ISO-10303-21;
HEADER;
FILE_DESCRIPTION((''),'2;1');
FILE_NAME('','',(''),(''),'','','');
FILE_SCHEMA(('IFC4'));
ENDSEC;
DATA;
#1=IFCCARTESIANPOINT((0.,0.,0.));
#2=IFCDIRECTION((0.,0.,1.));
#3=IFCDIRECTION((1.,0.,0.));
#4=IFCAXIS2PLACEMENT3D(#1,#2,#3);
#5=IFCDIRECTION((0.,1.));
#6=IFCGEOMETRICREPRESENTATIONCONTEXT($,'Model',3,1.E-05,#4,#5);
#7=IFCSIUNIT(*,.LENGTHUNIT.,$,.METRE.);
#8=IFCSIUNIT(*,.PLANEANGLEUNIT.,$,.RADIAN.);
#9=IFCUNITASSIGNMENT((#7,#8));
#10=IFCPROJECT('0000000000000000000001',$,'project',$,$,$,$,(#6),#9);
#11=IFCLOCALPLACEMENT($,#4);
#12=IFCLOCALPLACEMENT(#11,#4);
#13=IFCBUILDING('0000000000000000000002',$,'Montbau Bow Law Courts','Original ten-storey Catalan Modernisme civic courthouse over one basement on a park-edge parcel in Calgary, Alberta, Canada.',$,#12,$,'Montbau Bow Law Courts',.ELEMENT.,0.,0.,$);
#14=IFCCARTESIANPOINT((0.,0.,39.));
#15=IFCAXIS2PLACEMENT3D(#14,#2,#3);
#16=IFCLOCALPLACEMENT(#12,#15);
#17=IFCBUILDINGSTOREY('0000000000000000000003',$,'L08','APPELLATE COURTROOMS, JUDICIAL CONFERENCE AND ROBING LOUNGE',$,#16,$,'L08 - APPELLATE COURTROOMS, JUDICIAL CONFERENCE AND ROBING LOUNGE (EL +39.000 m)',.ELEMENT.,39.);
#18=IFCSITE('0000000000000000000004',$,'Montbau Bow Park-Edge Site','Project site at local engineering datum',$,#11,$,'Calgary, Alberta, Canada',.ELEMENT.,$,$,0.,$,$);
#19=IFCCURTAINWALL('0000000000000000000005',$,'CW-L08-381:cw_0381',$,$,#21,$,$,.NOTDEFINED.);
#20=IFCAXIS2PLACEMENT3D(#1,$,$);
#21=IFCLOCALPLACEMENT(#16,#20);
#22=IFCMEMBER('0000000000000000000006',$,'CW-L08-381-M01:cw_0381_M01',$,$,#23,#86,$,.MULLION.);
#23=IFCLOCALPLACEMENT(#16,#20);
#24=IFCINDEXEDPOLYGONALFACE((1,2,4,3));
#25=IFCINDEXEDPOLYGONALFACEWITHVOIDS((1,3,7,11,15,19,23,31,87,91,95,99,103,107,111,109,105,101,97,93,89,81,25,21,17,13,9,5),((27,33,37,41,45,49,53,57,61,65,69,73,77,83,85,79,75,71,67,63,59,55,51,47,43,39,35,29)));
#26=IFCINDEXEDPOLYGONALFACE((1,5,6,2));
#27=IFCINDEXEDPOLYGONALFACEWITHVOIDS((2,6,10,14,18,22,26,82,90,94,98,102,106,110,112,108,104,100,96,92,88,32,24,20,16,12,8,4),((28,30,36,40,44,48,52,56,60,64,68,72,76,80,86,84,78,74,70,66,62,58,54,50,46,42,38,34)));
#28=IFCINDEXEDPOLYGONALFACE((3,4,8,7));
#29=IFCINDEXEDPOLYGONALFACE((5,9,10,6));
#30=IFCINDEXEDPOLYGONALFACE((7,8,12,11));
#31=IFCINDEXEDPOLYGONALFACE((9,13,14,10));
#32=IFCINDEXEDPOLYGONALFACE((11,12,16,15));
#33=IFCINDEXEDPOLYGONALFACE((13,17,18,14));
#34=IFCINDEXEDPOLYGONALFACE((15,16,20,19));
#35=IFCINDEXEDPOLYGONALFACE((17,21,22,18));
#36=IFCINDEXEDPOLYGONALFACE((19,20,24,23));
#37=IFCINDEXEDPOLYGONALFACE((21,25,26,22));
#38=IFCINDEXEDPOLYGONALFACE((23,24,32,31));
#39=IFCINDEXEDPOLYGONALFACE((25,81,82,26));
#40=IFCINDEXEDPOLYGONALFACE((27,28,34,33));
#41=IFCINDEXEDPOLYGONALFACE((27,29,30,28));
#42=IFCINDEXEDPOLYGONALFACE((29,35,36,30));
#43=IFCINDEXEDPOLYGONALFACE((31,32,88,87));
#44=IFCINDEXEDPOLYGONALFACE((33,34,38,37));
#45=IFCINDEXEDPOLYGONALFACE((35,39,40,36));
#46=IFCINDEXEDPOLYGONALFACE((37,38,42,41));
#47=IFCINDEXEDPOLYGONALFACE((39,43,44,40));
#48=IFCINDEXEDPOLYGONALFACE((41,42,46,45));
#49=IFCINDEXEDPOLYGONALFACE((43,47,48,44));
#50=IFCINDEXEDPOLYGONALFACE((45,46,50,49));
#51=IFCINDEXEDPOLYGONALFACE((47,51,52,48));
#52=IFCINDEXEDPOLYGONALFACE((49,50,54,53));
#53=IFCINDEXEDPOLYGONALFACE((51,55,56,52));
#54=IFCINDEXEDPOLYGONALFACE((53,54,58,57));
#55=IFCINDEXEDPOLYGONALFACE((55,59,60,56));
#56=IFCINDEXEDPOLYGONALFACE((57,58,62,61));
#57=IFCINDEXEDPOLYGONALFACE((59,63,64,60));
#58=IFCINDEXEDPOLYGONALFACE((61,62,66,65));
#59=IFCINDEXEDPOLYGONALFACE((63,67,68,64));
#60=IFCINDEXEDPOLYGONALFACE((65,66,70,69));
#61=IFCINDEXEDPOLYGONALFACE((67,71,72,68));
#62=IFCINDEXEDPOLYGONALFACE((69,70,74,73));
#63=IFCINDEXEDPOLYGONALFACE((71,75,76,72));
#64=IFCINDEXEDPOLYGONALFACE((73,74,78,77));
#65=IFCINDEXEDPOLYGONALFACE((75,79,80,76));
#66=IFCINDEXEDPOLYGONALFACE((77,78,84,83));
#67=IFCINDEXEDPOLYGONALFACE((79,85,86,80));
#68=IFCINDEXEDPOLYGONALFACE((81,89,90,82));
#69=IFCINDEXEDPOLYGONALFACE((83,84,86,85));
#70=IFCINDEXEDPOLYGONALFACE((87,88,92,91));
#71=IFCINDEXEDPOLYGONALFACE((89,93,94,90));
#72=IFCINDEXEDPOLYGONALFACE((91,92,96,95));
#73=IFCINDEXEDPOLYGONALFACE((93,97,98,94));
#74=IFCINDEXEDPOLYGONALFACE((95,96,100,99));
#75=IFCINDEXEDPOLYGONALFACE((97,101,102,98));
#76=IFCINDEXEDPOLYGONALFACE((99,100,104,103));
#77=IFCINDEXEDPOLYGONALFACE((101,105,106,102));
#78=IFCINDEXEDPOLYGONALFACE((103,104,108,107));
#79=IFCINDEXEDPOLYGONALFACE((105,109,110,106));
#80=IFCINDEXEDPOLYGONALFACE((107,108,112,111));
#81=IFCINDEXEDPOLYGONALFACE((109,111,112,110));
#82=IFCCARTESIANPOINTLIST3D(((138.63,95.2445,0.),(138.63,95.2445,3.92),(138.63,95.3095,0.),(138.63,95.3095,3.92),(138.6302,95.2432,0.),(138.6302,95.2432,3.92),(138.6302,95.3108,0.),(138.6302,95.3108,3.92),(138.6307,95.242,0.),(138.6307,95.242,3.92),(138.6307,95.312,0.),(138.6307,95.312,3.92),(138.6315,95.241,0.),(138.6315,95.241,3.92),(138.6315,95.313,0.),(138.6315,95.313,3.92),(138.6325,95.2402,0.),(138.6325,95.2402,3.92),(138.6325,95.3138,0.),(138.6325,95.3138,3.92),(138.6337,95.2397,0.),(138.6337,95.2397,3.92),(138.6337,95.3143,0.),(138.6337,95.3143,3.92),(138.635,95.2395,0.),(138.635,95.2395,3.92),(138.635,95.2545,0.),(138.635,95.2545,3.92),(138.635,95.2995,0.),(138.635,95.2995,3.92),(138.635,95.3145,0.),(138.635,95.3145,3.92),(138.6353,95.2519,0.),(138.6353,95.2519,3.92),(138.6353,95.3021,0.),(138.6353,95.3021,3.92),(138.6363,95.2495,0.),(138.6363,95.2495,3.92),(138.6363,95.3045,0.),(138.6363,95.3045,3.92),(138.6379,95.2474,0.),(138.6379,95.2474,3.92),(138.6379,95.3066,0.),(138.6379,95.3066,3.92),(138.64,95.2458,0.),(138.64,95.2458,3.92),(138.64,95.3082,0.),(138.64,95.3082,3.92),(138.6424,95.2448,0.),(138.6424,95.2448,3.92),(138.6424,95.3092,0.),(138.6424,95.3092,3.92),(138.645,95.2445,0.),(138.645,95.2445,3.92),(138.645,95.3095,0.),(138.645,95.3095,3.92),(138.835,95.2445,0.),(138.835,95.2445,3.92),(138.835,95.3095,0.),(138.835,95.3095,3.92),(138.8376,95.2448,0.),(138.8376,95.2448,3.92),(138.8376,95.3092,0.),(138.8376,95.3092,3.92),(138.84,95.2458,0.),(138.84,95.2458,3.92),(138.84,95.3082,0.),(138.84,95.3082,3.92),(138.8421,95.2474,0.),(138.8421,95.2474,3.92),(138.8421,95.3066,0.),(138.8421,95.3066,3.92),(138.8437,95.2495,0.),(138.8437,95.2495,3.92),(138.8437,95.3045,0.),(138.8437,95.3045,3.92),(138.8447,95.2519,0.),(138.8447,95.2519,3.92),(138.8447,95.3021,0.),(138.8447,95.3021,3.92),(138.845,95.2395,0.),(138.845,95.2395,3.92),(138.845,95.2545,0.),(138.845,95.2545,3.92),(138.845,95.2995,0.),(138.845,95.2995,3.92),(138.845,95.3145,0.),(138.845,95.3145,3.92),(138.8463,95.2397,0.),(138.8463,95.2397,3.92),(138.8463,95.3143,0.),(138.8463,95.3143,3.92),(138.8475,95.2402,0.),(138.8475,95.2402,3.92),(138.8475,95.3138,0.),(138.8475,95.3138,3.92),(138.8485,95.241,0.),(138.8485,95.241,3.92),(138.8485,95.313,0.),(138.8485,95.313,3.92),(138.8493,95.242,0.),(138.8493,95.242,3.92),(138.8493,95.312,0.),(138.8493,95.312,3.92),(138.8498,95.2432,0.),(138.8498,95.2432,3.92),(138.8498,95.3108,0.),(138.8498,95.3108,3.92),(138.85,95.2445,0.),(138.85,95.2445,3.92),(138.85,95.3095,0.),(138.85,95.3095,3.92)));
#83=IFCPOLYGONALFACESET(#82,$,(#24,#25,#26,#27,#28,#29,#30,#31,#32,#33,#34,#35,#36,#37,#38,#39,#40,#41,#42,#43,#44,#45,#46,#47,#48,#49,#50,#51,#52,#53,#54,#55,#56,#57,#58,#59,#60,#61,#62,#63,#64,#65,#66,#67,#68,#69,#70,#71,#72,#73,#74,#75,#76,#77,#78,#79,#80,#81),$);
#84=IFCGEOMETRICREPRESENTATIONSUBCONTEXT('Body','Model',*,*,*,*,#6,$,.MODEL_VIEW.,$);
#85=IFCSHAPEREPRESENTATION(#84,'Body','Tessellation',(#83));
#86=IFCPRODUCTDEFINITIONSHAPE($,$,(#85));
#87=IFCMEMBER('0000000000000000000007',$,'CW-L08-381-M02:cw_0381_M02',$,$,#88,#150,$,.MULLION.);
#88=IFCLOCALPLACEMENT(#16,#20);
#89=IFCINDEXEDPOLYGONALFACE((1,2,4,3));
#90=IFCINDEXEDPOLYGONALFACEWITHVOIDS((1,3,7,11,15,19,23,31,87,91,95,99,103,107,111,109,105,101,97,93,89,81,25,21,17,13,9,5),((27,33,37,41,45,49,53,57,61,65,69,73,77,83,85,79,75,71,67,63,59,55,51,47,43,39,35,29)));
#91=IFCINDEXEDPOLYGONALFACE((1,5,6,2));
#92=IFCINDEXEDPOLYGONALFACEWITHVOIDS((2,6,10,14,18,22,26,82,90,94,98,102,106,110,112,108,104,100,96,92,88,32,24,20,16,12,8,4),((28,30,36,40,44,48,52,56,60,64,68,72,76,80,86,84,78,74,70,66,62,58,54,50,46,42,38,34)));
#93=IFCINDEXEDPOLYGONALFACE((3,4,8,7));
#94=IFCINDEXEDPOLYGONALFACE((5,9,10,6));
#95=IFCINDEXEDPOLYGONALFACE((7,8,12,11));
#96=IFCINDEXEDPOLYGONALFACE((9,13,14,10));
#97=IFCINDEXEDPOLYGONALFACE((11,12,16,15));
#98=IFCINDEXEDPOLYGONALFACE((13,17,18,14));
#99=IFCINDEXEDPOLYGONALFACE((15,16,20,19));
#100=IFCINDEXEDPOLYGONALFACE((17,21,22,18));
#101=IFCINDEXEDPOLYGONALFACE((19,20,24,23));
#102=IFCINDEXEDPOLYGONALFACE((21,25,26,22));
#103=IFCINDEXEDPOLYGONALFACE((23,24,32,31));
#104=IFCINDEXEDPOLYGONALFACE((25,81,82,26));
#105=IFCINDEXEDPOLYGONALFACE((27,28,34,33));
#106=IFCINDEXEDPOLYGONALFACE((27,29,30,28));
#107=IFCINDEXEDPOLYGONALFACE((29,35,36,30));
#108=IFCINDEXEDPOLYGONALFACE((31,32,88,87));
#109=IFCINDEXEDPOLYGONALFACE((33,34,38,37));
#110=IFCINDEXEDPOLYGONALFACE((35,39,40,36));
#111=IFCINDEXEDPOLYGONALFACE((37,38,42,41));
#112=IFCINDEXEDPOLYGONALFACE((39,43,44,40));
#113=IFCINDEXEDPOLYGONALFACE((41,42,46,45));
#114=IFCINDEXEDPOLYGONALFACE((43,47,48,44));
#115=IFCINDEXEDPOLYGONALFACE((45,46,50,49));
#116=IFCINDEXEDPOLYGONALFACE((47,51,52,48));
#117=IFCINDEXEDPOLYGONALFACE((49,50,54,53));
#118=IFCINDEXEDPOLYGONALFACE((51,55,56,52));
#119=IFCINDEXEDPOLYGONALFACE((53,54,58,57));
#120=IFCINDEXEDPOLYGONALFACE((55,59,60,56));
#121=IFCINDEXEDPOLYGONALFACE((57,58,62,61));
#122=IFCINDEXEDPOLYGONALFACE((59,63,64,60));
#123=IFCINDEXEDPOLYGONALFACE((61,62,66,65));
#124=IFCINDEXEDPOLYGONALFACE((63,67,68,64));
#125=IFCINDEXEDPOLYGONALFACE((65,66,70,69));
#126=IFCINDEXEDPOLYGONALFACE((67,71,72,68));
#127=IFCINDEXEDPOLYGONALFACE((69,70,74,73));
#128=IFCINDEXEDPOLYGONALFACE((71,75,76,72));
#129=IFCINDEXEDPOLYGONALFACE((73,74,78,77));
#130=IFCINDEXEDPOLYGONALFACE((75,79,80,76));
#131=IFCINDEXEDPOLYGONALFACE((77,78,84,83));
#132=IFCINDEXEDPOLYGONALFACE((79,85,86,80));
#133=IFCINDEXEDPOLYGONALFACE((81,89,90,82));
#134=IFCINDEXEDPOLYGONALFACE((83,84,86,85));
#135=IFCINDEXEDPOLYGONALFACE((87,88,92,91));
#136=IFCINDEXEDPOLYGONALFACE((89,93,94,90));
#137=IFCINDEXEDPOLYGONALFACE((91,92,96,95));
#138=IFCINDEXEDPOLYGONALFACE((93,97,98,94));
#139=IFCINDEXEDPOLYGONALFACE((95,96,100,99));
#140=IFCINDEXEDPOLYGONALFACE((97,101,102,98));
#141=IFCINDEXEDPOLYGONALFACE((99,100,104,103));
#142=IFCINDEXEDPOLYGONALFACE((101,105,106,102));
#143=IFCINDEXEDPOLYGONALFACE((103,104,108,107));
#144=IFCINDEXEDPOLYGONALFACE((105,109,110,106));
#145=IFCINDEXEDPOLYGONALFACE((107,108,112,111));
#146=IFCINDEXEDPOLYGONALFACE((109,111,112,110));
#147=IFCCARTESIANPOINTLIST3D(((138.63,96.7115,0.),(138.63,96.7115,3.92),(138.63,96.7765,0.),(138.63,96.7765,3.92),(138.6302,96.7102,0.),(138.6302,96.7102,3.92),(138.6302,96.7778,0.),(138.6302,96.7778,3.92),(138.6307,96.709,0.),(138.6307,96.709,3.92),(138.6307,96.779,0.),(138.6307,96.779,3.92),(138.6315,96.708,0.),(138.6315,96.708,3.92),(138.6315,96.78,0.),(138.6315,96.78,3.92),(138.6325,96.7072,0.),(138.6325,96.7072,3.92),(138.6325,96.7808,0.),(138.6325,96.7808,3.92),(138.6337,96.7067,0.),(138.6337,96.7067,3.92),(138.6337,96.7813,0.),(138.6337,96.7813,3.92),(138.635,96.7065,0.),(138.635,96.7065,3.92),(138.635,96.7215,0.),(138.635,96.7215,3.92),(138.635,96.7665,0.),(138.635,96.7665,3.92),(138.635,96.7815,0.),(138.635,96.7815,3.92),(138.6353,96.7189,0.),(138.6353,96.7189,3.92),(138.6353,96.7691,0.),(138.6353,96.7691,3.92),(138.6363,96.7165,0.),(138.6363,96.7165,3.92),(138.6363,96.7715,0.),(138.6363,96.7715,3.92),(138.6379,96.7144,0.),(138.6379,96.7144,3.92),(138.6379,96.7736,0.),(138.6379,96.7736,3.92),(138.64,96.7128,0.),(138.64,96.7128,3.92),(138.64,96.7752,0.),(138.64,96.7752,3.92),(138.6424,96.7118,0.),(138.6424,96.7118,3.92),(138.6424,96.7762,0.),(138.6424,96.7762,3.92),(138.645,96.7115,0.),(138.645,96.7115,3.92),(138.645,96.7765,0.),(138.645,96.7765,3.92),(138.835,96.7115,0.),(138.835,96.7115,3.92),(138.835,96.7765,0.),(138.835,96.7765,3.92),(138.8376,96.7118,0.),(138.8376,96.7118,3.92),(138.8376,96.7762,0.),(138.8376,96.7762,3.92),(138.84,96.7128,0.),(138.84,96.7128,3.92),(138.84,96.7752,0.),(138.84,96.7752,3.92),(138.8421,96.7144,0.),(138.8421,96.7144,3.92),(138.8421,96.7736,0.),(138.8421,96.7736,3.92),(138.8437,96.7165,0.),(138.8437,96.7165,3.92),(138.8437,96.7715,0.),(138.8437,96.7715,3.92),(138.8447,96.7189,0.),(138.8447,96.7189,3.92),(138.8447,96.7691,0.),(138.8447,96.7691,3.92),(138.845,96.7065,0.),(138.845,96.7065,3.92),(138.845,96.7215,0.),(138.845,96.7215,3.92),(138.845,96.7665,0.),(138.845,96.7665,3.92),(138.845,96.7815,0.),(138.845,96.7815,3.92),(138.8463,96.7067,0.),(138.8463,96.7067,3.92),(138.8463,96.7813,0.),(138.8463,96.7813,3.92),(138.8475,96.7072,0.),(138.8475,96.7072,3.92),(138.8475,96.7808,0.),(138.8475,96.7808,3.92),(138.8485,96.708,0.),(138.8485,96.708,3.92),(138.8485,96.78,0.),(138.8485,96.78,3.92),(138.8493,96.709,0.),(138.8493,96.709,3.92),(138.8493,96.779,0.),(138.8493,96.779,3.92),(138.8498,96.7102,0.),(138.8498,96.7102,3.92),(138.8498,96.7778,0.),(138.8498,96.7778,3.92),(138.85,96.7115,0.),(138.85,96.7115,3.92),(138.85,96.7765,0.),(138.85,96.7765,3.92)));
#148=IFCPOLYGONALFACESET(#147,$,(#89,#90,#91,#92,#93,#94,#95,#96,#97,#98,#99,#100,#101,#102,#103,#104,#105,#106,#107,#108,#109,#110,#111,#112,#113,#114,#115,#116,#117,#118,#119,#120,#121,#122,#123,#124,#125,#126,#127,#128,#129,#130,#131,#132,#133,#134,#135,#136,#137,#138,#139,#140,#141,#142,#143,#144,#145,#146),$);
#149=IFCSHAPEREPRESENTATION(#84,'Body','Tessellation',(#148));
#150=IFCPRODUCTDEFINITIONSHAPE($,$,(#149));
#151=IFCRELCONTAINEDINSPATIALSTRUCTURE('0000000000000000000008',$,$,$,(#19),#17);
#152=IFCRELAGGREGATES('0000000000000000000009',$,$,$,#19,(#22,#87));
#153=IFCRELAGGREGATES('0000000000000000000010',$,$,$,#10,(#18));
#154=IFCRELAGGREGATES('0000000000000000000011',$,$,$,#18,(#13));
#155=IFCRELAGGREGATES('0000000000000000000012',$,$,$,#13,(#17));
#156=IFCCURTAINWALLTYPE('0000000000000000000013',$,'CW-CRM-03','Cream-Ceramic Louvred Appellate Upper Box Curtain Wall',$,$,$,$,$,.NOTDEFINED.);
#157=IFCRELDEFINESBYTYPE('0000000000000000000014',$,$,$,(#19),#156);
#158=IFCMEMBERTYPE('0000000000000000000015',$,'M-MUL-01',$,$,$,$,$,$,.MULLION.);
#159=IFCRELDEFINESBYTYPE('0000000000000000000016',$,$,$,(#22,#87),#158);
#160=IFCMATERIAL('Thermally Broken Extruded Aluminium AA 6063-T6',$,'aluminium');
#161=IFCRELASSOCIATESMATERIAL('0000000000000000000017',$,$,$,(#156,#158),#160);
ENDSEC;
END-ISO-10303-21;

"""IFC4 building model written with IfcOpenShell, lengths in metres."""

from ifc_helpers import new_model, si_unit, direction, frame, origin_with_axes, origin_2d_with_axis, place, context, subcontext, project, spatial, hollow_rectangle, extrude, material, material_profile, profile_set, type_object, element, aggregate, save


model = new_model("IFC4")

# Units and contexts
model_context = context("Model", 3, precision=1e-05, world=origin_with_axes(), true_north=direction((0.0, 1.0)))
body_context = subcontext(model_context, "Body", "Model", "MODEL_VIEW")
ifc_project = project(units=[si_unit("LENGTHUNIT", "METRE"), si_unit("PLANEANGLEUNIT", "RADIAN")], contexts=[model_context])

# Site, building, storey
site_placement = place(None, origin_with_axes())
site = spatial("IfcSite", under=ifc_project, at=site_placement, Name="Montbau Bow Park-Edge Site", Description="Project site at local engineering datum", LongName="Calgary, Alberta, Canada", CompositionType="ELEMENT", RefElevation=0.0)
building_placement = place(site_placement, origin_with_axes())
building = spatial("IfcBuilding", under=site, at=building_placement, Name="Montbau Bow Law Courts", Description="Original ten-storey Catalan Modernisme civic courthouse over one basement on a park-edge parcel in Calgary, Alberta, Canada.", LongName="Montbau Bow Law Courts", CompositionType="ELEMENT", ElevationOfRefHeight=0.0, ElevationOfTerrain=0.0)
storey_placement = place(building_placement, frame((0.0, 0.0, 39.0), z_axis=(0.0, 0.0, 1.0), x_axis=(1.0, 0.0, 0.0)))
storey = spatial("IfcBuildingStorey", under=building, at=storey_placement, Name="L08", Description="APPELLATE COURTROOMS, JUDICIAL CONFERENCE AND ROBING LOUNGE", LongName="L08 - APPELLATE COURTROOMS, JUDICIAL CONFERENCE AND ROBING LOUNGE (EL +39.000 m)", CompositionType="ELEMENT", Elevation=39.0)

# Curtain wall, members
ifc_material_1 = material(Name="Thermally Broken Extruded Aluminium AA 6063-T6", Category="aluminium")
curtain_wall_type = type_object("IfcCurtainWallType", Name="CW-CRM-03", Description="Cream-Ceramic Louvred Appellate Upper Box Curtain Wall", PredefinedType="NOTDEFINED", material=ifc_material_1)
curtain_wall_1_placement = place(None, frame((138.74, 95.24, 39.0), z_axis=(0.0, 0.0, 1.0), x_axis=(1.0, 0.0, 0.0)))
curtain_wall_1 = element("IfcCurtainWall", 1, at=curtain_wall_1_placement, inside=storey, type_object=curtain_wall_type, Name="CW-L08-381:cw_0381", PredefinedType="NOTDEFINED")
ifc_material_profile_1 = material_profile(ifc_material_1, hollow_rectangle(XDim=0.075, YDim=0.22, WallThickness=0.005, InnerFilletRadius=0.01, OuterFilletRadius=0.005, at=origin_2d_with_axis()), Name="CWM-220X75", Category="Main", Priority=0)
ifc_profile_set_1 = profile_set([ifc_material_profile_1], Name="Thermally Broken Extruded Aluminium AA 6063-T6")
member_type_1 = type_object("IfcMemberType", Name="M-MUL-01", PredefinedType="MULLION", material=ifc_profile_set_1)
member_1_placement = place(None, frame((138.74, 95.277, 39.0), z_axis=(0.0, 0.0, 1.0), x_axis=(0.0, 1.0, 0.0)))
member_1 = element("IfcMember", 2, at=member_1_placement, type_object=member_type_1, Name="CW-L08-381-M01:cw_0381_M01", PredefinedType="MULLION", context=body_context, shape_type="SweptSolid", body=[
    extrude(hollow_rectangle(XDim=0.075, YDim=0.22, WallThickness=0.005, InnerFilletRadius=0.01, OuterFilletRadius=0.005, at=origin_2d_with_axis()), origin_with_axes(), (0.0, 0.0, 1.0), 3.92),
])
member_2_placement = place(None, frame((138.74, 96.744, 39.0), z_axis=(0.0, 0.0, 1.0), x_axis=(0.0, 1.0, 0.0)))
member_2 = element("IfcMember", 3, at=member_2_placement, type_object=member_type_1, Name="CW-L08-381-M02:cw_0381_M02", PredefinedType="MULLION", context=body_context, shape_type="SweptSolid", body=[
    extrude(hollow_rectangle(XDim=0.075, YDim=0.22, WallThickness=0.005, InnerFilletRadius=0.01, OuterFilletRadius=0.005, at=origin_2d_with_axis()), origin_with_axes(), (0.0, 0.0, 1.0), 3.92),
])

aggregate(curtain_wall_1, [member_1, member_2])

save(model, "model.ifc")
